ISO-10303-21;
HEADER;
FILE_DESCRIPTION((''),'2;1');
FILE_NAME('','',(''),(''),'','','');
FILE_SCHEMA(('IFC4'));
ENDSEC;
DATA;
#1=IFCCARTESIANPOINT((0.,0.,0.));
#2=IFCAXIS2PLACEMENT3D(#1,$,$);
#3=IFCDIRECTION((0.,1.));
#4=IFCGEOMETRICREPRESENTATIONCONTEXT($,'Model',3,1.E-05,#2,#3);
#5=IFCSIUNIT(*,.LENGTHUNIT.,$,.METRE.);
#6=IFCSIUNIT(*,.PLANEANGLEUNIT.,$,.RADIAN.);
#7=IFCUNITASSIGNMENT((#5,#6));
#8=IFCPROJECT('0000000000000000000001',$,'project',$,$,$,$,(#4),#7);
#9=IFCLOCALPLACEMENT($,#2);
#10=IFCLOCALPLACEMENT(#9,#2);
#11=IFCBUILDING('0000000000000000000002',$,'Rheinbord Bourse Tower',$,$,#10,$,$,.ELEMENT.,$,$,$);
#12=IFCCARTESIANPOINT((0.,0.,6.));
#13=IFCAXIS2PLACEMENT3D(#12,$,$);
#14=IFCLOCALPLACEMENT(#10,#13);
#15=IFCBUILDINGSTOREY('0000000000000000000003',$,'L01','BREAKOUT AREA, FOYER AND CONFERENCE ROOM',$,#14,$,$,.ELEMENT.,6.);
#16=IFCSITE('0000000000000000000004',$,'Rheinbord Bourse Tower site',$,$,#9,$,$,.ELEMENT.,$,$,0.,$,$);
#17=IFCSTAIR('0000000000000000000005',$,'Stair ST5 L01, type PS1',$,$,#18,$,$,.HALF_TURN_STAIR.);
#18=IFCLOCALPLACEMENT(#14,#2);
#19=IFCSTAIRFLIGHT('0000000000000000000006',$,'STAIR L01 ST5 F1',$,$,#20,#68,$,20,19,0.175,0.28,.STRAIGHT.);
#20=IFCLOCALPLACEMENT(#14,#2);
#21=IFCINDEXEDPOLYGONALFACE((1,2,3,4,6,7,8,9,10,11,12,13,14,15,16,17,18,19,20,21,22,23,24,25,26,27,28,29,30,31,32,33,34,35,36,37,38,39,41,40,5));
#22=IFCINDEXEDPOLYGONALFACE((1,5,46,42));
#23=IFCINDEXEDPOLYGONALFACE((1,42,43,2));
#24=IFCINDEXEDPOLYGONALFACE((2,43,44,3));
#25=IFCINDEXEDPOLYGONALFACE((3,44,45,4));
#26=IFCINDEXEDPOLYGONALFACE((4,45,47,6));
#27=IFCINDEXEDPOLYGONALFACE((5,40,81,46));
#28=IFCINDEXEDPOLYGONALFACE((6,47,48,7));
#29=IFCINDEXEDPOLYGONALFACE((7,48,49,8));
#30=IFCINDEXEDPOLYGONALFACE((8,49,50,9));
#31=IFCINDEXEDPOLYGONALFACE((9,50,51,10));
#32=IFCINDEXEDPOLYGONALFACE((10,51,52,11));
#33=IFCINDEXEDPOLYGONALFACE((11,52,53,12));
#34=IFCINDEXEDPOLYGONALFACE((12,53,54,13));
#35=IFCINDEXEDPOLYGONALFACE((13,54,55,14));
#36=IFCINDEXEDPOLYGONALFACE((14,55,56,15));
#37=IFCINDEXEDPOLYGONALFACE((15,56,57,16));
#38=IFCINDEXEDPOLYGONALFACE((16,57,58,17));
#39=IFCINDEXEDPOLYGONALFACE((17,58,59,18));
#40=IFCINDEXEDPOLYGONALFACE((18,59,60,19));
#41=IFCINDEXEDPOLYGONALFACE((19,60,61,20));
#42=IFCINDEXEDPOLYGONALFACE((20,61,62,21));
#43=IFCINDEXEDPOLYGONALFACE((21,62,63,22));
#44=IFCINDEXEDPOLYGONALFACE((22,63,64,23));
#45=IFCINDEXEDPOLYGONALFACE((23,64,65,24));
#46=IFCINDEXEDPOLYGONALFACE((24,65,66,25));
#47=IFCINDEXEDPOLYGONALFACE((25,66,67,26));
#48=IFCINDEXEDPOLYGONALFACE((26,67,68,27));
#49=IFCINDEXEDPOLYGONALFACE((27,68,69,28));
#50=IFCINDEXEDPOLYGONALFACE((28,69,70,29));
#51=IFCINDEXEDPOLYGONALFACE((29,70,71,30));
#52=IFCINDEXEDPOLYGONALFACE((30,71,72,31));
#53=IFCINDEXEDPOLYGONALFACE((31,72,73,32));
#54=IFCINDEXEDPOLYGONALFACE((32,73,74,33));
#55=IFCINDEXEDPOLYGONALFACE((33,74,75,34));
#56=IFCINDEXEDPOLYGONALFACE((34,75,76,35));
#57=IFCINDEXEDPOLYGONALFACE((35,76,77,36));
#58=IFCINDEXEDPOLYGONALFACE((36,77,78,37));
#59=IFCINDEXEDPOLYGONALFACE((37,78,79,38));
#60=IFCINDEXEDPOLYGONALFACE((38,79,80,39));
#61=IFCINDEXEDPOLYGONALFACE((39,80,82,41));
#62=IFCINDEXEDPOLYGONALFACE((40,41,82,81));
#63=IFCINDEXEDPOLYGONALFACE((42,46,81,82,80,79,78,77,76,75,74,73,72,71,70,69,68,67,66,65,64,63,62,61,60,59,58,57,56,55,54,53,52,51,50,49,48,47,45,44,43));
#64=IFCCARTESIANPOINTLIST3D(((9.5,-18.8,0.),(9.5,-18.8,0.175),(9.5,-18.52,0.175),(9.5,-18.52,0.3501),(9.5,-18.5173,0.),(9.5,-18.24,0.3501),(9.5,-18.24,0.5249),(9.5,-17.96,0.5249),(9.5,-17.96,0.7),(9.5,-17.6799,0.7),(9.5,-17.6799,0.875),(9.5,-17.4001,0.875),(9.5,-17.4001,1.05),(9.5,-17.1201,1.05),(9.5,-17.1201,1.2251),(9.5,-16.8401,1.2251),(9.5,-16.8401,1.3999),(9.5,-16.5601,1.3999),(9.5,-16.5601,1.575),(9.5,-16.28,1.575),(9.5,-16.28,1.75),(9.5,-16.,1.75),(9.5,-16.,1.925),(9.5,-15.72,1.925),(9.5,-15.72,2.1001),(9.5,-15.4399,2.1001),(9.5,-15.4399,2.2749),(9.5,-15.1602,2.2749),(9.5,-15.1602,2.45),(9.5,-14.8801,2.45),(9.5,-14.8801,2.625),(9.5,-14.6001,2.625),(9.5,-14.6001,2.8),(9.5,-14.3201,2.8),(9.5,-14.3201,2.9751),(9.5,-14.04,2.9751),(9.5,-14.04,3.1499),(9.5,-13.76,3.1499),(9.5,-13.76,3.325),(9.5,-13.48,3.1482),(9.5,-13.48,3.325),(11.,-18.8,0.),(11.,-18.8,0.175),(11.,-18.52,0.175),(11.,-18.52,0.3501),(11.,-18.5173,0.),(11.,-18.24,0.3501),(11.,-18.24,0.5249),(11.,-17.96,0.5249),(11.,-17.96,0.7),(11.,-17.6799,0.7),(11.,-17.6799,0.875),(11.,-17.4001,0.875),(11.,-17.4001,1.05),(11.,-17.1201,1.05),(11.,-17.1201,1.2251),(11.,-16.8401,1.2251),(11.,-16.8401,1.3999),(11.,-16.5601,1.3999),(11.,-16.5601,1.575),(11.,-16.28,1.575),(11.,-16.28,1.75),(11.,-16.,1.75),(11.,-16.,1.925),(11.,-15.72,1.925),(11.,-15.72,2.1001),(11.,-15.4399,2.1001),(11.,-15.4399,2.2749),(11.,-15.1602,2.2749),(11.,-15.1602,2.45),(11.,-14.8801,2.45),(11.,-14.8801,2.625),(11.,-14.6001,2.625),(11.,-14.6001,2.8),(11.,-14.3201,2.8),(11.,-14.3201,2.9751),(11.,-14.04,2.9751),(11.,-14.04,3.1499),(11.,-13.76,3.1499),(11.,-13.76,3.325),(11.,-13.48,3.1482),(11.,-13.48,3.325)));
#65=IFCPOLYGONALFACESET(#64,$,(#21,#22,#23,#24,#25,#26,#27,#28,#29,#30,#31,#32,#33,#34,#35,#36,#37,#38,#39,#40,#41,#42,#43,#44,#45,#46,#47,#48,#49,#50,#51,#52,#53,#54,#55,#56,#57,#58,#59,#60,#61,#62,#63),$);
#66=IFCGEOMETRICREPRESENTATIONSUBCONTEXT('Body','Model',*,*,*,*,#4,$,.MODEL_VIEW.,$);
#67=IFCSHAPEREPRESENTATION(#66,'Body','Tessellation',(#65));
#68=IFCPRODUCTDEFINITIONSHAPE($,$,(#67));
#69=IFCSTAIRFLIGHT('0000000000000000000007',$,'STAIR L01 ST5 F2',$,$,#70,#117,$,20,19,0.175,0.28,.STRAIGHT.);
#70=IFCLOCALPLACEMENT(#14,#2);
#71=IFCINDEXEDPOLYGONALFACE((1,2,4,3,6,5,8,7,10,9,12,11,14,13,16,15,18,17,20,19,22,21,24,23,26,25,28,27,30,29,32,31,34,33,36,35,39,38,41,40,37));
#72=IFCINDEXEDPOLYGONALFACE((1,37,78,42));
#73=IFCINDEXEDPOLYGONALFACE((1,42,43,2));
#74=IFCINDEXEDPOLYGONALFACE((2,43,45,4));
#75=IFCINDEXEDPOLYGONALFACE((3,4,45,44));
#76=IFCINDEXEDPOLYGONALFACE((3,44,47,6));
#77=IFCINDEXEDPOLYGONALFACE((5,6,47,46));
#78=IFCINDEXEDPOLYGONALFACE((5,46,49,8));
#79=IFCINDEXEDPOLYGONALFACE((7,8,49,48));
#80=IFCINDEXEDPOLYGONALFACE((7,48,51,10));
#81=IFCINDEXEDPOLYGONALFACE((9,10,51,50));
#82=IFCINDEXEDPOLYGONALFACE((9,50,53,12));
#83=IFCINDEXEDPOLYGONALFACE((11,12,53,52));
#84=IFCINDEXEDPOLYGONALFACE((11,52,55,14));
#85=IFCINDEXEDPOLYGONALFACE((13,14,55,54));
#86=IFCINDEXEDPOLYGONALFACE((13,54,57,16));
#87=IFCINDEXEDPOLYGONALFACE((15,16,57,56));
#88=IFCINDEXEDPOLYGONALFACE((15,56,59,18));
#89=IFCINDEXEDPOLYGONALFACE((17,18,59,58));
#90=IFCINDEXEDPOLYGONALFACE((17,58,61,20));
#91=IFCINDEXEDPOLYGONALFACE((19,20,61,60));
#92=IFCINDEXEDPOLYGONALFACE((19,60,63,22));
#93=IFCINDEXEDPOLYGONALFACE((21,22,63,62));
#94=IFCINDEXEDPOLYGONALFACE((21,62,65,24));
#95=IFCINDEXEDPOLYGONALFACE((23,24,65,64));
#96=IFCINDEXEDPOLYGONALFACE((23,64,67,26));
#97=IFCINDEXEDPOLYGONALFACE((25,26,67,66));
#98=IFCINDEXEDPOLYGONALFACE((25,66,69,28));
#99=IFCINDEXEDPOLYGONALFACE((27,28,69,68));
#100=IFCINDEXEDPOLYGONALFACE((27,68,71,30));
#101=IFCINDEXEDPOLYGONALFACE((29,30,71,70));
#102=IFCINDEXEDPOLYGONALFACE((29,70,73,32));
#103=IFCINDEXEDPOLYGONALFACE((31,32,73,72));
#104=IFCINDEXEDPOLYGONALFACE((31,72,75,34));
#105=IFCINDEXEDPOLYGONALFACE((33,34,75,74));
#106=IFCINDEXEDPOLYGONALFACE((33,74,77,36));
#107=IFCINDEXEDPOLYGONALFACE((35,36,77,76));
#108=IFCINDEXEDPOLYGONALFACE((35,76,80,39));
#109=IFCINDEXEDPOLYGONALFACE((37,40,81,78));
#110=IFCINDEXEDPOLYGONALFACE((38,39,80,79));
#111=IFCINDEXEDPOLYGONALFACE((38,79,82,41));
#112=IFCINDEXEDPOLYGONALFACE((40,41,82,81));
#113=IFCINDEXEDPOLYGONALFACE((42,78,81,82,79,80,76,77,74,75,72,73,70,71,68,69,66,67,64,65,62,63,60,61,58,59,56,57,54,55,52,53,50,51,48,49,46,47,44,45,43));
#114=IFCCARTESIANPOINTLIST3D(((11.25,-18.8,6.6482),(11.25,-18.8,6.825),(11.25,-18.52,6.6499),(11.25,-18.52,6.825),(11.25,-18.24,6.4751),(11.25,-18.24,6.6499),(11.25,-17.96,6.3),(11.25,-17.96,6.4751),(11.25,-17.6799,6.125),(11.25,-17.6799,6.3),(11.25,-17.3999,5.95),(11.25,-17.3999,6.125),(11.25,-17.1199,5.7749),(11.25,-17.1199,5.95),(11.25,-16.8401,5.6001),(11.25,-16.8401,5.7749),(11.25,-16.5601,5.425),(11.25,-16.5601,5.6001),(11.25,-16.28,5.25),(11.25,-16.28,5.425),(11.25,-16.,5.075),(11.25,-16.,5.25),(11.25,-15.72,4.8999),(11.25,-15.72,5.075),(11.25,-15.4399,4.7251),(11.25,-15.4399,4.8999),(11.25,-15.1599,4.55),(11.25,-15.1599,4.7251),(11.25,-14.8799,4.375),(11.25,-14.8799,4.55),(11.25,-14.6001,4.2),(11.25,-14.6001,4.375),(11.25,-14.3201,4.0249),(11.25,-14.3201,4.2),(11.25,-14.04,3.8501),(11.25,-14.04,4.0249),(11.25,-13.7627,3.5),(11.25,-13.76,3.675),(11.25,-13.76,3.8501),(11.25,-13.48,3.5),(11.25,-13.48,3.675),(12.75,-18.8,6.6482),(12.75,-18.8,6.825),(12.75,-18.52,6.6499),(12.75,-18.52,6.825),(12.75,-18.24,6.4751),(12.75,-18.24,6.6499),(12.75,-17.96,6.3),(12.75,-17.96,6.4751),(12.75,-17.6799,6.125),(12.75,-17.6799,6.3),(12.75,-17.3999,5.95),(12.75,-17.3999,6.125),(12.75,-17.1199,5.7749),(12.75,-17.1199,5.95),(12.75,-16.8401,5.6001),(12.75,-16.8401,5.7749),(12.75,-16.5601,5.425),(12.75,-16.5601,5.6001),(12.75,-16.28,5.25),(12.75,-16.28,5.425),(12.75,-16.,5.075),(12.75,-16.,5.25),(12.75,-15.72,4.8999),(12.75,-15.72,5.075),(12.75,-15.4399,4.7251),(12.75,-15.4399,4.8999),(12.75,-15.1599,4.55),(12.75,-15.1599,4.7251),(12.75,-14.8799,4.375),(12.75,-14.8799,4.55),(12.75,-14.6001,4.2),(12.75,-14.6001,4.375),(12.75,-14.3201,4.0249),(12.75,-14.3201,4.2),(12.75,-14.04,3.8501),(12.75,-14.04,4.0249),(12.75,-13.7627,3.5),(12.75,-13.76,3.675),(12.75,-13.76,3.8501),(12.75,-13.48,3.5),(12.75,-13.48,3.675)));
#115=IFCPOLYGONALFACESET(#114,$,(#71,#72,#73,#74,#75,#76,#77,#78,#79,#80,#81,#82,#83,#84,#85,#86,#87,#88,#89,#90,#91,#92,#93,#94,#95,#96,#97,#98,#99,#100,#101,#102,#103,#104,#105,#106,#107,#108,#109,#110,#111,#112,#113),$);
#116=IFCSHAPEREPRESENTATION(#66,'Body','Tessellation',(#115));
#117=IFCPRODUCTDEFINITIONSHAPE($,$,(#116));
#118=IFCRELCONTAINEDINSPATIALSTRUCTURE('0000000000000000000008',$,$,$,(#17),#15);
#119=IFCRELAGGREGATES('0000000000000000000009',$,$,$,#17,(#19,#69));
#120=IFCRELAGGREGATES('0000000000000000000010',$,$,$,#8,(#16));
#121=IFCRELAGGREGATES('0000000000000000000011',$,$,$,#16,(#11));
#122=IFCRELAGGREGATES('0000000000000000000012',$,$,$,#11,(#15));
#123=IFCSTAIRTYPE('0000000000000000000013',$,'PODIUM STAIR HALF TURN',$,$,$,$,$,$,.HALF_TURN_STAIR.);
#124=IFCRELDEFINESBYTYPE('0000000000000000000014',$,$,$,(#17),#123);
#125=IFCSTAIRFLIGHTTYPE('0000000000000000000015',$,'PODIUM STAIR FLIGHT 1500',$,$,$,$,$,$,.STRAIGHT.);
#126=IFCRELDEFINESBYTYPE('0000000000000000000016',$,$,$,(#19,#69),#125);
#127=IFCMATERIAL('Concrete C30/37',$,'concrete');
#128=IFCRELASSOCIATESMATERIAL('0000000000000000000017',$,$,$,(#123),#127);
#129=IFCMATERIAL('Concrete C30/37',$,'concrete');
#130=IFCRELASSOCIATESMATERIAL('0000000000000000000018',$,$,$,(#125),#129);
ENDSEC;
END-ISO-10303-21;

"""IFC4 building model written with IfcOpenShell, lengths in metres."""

from ifc_helpers import new_model, si_unit, direction, frame, origin, place, context, subcontext, project, spatial, polyline, outline, extrude, material, type_object, element, aggregate, save


model = new_model("IFC4")

# Units and contexts
model_context = context("Model", 3, precision=1e-05, world=origin(), true_north=direction((0.0, 1.0)))
body_context = subcontext(model_context, "Body", "Model", "MODEL_VIEW")
ifc_project = project(units=[si_unit("LENGTHUNIT", "METRE"), si_unit("PLANEANGLEUNIT", "RADIAN")], contexts=[model_context])

# Site, building, storey
site_placement = place(None, origin())
site = spatial("IfcSite", under=ifc_project, at=site_placement, Name="Rheinbord Bourse Tower site", CompositionType="ELEMENT", RefElevation=0.0)
building_placement = place(site_placement, origin())
building = spatial("IfcBuilding", under=site, at=building_placement, Name="Rheinbord Bourse Tower", CompositionType="ELEMENT")
storey_placement = place(building_placement, frame((0.0, 0.0, 6.0)))
storey = spatial("IfcBuildingStorey", under=building, at=storey_placement, Name="L01", Description="BREAKOUT AREA, FOYER AND CONFERENCE ROOM", CompositionType="ELEMENT", Elevation=6.0)

# Stair, stair flights
ifc_material_1 = material(Name="Concrete C30/37", Category="concrete")
stair_type = type_object("IfcStairType", Name="PODIUM STAIR HALF TURN", PredefinedType="HALF_TURN_STAIR", material=ifc_material_1)
stair_placement = place(storey_placement, origin())
stair = element("IfcStair", 1, at=stair_placement, inside=storey, type_object=stair_type, Name="Stair ST5 L01, type PS1", PredefinedType="HALF_TURN_STAIR")
ifc_material_2 = material(Name="Concrete C30/37", Category="concrete")
stair_flight_type = type_object("IfcStairFlightType", Name="PODIUM STAIR FLIGHT 1500", PredefinedType="STRAIGHT", material=ifc_material_2)
stair_flight_1_placement = place(storey_placement, frame((10.25, -18.8, 0.0), z_axis=(0.0, 0.0, 1.0), x_axis=(0.0, 1.0, 0.0)))
stair_flight_1 = element("IfcStairFlight", 2, at=stair_flight_1_placement, type_object=stair_flight_type, Name="STAIR L01 ST5 F1", NumberOfRisers=20, NumberOfTreads=19, PredefinedType="STRAIGHT", RiserHeight=0.175, TreadLength=0.28, context=body_context, shape_type="SweptSolid", body=[
    extrude(outline(polyline([(0.0, 0.0), (0.0, 0.175), (0.28, 0.175), (0.28, 0.3501), (0.5601, 0.3501), (0.5601, 0.5249), (0.8401, 0.5249), (0.8401, 0.7), (1.1201, 0.7), (1.1201, 0.875), (1.3999, 0.875), (1.3999, 1.05), (1.6799, 1.05), (1.6799, 1.2251), (1.96, 1.2251), (1.96, 1.3999), (2.24, 1.3999), (2.24, 1.575), (2.52, 1.575), (2.52, 1.75), (2.8, 1.75), (2.8, 1.925), (3.0801, 1.925), (3.0801, 2.1001), (3.3601, 2.1001), (3.3601, 2.2749), (3.6399, 2.2749), (3.6399, 2.45), (3.9199, 2.45), (3.9199, 2.625), (4.2, 2.625), (4.2, 2.8), (4.48, 2.8), (4.48, 2.9751), (4.76, 2.9751), (4.76, 3.1499), (5.04, 3.1499), (5.04, 3.325), (5.3201, 3.325), (5.3201, 3.5), (5.3201, 3.1482), (0.2827, 0.0), (0.0, 0.0)])), frame((0.0, 0.75, 0.0), z_axis=(0.0, -1.0, 0.0), x_axis=(1.0, 0.0, 0.0)), (0.0, 0.0, 1.0), 1.5),
])
stair_flight_2_placement = place(storey_placement, frame((12.0, -13.48, 3.5), z_axis=(0.0, 0.0, 1.0), x_axis=(0.0, -1.0, 0.0)))
stair_flight_2 = element("IfcStairFlight", 3, at=stair_flight_2_placement, type_object=stair_flight_type, Name="STAIR L01 ST5 F2", NumberOfRisers=20, NumberOfTreads=19, PredefinedType="STRAIGHT", RiserHeight=0.175, TreadLength=0.28, context=body_context, shape_type="SweptSolid", body=[
    extrude(outline(polyline([(0.0, 0.0), (0.0, 0.175), (0.28, 0.175), (0.28, 0.3501), (0.5601, 0.3501), (0.5601, 0.5249), (0.8401, 0.5249), (0.8401, 0.7), (1.1201, 0.7), (1.1201, 0.875), (1.3999, 0.875), (1.3999, 1.05), (1.6799, 1.05), (1.6799, 1.2251), (1.96, 1.2251), (1.96, 1.3999), (2.24, 1.3999), (2.24, 1.575), (2.52, 1.575), (2.52, 1.75), (2.8, 1.75), (2.8, 1.925), (3.0801, 1.925), (3.0801, 2.1001), (3.3601, 2.1001), (3.3601, 2.2749), (3.6399, 2.2749), (3.6399, 2.45), (3.9199, 2.45), (3.9199, 2.625), (4.2, 2.625), (4.2, 2.8), (4.48, 2.8), (4.48, 2.9751), (4.76, 2.9751), (4.76, 3.1499), (5.04, 3.1499), (5.04, 3.325), (5.3201, 3.325), (5.3201, 3.5), (5.3201, 3.1482), (0.2827, 0.0), (0.0, 0.0)])), frame((0.0, 0.75, 0.0), z_axis=(0.0, -1.0, 0.0), x_axis=(1.0, 0.0, 0.0)), (0.0, 0.0, 1.0), 1.5),
])
aggregate(stair, [stair_flight_1, stair_flight_2])

save(model, "model.ifc")
